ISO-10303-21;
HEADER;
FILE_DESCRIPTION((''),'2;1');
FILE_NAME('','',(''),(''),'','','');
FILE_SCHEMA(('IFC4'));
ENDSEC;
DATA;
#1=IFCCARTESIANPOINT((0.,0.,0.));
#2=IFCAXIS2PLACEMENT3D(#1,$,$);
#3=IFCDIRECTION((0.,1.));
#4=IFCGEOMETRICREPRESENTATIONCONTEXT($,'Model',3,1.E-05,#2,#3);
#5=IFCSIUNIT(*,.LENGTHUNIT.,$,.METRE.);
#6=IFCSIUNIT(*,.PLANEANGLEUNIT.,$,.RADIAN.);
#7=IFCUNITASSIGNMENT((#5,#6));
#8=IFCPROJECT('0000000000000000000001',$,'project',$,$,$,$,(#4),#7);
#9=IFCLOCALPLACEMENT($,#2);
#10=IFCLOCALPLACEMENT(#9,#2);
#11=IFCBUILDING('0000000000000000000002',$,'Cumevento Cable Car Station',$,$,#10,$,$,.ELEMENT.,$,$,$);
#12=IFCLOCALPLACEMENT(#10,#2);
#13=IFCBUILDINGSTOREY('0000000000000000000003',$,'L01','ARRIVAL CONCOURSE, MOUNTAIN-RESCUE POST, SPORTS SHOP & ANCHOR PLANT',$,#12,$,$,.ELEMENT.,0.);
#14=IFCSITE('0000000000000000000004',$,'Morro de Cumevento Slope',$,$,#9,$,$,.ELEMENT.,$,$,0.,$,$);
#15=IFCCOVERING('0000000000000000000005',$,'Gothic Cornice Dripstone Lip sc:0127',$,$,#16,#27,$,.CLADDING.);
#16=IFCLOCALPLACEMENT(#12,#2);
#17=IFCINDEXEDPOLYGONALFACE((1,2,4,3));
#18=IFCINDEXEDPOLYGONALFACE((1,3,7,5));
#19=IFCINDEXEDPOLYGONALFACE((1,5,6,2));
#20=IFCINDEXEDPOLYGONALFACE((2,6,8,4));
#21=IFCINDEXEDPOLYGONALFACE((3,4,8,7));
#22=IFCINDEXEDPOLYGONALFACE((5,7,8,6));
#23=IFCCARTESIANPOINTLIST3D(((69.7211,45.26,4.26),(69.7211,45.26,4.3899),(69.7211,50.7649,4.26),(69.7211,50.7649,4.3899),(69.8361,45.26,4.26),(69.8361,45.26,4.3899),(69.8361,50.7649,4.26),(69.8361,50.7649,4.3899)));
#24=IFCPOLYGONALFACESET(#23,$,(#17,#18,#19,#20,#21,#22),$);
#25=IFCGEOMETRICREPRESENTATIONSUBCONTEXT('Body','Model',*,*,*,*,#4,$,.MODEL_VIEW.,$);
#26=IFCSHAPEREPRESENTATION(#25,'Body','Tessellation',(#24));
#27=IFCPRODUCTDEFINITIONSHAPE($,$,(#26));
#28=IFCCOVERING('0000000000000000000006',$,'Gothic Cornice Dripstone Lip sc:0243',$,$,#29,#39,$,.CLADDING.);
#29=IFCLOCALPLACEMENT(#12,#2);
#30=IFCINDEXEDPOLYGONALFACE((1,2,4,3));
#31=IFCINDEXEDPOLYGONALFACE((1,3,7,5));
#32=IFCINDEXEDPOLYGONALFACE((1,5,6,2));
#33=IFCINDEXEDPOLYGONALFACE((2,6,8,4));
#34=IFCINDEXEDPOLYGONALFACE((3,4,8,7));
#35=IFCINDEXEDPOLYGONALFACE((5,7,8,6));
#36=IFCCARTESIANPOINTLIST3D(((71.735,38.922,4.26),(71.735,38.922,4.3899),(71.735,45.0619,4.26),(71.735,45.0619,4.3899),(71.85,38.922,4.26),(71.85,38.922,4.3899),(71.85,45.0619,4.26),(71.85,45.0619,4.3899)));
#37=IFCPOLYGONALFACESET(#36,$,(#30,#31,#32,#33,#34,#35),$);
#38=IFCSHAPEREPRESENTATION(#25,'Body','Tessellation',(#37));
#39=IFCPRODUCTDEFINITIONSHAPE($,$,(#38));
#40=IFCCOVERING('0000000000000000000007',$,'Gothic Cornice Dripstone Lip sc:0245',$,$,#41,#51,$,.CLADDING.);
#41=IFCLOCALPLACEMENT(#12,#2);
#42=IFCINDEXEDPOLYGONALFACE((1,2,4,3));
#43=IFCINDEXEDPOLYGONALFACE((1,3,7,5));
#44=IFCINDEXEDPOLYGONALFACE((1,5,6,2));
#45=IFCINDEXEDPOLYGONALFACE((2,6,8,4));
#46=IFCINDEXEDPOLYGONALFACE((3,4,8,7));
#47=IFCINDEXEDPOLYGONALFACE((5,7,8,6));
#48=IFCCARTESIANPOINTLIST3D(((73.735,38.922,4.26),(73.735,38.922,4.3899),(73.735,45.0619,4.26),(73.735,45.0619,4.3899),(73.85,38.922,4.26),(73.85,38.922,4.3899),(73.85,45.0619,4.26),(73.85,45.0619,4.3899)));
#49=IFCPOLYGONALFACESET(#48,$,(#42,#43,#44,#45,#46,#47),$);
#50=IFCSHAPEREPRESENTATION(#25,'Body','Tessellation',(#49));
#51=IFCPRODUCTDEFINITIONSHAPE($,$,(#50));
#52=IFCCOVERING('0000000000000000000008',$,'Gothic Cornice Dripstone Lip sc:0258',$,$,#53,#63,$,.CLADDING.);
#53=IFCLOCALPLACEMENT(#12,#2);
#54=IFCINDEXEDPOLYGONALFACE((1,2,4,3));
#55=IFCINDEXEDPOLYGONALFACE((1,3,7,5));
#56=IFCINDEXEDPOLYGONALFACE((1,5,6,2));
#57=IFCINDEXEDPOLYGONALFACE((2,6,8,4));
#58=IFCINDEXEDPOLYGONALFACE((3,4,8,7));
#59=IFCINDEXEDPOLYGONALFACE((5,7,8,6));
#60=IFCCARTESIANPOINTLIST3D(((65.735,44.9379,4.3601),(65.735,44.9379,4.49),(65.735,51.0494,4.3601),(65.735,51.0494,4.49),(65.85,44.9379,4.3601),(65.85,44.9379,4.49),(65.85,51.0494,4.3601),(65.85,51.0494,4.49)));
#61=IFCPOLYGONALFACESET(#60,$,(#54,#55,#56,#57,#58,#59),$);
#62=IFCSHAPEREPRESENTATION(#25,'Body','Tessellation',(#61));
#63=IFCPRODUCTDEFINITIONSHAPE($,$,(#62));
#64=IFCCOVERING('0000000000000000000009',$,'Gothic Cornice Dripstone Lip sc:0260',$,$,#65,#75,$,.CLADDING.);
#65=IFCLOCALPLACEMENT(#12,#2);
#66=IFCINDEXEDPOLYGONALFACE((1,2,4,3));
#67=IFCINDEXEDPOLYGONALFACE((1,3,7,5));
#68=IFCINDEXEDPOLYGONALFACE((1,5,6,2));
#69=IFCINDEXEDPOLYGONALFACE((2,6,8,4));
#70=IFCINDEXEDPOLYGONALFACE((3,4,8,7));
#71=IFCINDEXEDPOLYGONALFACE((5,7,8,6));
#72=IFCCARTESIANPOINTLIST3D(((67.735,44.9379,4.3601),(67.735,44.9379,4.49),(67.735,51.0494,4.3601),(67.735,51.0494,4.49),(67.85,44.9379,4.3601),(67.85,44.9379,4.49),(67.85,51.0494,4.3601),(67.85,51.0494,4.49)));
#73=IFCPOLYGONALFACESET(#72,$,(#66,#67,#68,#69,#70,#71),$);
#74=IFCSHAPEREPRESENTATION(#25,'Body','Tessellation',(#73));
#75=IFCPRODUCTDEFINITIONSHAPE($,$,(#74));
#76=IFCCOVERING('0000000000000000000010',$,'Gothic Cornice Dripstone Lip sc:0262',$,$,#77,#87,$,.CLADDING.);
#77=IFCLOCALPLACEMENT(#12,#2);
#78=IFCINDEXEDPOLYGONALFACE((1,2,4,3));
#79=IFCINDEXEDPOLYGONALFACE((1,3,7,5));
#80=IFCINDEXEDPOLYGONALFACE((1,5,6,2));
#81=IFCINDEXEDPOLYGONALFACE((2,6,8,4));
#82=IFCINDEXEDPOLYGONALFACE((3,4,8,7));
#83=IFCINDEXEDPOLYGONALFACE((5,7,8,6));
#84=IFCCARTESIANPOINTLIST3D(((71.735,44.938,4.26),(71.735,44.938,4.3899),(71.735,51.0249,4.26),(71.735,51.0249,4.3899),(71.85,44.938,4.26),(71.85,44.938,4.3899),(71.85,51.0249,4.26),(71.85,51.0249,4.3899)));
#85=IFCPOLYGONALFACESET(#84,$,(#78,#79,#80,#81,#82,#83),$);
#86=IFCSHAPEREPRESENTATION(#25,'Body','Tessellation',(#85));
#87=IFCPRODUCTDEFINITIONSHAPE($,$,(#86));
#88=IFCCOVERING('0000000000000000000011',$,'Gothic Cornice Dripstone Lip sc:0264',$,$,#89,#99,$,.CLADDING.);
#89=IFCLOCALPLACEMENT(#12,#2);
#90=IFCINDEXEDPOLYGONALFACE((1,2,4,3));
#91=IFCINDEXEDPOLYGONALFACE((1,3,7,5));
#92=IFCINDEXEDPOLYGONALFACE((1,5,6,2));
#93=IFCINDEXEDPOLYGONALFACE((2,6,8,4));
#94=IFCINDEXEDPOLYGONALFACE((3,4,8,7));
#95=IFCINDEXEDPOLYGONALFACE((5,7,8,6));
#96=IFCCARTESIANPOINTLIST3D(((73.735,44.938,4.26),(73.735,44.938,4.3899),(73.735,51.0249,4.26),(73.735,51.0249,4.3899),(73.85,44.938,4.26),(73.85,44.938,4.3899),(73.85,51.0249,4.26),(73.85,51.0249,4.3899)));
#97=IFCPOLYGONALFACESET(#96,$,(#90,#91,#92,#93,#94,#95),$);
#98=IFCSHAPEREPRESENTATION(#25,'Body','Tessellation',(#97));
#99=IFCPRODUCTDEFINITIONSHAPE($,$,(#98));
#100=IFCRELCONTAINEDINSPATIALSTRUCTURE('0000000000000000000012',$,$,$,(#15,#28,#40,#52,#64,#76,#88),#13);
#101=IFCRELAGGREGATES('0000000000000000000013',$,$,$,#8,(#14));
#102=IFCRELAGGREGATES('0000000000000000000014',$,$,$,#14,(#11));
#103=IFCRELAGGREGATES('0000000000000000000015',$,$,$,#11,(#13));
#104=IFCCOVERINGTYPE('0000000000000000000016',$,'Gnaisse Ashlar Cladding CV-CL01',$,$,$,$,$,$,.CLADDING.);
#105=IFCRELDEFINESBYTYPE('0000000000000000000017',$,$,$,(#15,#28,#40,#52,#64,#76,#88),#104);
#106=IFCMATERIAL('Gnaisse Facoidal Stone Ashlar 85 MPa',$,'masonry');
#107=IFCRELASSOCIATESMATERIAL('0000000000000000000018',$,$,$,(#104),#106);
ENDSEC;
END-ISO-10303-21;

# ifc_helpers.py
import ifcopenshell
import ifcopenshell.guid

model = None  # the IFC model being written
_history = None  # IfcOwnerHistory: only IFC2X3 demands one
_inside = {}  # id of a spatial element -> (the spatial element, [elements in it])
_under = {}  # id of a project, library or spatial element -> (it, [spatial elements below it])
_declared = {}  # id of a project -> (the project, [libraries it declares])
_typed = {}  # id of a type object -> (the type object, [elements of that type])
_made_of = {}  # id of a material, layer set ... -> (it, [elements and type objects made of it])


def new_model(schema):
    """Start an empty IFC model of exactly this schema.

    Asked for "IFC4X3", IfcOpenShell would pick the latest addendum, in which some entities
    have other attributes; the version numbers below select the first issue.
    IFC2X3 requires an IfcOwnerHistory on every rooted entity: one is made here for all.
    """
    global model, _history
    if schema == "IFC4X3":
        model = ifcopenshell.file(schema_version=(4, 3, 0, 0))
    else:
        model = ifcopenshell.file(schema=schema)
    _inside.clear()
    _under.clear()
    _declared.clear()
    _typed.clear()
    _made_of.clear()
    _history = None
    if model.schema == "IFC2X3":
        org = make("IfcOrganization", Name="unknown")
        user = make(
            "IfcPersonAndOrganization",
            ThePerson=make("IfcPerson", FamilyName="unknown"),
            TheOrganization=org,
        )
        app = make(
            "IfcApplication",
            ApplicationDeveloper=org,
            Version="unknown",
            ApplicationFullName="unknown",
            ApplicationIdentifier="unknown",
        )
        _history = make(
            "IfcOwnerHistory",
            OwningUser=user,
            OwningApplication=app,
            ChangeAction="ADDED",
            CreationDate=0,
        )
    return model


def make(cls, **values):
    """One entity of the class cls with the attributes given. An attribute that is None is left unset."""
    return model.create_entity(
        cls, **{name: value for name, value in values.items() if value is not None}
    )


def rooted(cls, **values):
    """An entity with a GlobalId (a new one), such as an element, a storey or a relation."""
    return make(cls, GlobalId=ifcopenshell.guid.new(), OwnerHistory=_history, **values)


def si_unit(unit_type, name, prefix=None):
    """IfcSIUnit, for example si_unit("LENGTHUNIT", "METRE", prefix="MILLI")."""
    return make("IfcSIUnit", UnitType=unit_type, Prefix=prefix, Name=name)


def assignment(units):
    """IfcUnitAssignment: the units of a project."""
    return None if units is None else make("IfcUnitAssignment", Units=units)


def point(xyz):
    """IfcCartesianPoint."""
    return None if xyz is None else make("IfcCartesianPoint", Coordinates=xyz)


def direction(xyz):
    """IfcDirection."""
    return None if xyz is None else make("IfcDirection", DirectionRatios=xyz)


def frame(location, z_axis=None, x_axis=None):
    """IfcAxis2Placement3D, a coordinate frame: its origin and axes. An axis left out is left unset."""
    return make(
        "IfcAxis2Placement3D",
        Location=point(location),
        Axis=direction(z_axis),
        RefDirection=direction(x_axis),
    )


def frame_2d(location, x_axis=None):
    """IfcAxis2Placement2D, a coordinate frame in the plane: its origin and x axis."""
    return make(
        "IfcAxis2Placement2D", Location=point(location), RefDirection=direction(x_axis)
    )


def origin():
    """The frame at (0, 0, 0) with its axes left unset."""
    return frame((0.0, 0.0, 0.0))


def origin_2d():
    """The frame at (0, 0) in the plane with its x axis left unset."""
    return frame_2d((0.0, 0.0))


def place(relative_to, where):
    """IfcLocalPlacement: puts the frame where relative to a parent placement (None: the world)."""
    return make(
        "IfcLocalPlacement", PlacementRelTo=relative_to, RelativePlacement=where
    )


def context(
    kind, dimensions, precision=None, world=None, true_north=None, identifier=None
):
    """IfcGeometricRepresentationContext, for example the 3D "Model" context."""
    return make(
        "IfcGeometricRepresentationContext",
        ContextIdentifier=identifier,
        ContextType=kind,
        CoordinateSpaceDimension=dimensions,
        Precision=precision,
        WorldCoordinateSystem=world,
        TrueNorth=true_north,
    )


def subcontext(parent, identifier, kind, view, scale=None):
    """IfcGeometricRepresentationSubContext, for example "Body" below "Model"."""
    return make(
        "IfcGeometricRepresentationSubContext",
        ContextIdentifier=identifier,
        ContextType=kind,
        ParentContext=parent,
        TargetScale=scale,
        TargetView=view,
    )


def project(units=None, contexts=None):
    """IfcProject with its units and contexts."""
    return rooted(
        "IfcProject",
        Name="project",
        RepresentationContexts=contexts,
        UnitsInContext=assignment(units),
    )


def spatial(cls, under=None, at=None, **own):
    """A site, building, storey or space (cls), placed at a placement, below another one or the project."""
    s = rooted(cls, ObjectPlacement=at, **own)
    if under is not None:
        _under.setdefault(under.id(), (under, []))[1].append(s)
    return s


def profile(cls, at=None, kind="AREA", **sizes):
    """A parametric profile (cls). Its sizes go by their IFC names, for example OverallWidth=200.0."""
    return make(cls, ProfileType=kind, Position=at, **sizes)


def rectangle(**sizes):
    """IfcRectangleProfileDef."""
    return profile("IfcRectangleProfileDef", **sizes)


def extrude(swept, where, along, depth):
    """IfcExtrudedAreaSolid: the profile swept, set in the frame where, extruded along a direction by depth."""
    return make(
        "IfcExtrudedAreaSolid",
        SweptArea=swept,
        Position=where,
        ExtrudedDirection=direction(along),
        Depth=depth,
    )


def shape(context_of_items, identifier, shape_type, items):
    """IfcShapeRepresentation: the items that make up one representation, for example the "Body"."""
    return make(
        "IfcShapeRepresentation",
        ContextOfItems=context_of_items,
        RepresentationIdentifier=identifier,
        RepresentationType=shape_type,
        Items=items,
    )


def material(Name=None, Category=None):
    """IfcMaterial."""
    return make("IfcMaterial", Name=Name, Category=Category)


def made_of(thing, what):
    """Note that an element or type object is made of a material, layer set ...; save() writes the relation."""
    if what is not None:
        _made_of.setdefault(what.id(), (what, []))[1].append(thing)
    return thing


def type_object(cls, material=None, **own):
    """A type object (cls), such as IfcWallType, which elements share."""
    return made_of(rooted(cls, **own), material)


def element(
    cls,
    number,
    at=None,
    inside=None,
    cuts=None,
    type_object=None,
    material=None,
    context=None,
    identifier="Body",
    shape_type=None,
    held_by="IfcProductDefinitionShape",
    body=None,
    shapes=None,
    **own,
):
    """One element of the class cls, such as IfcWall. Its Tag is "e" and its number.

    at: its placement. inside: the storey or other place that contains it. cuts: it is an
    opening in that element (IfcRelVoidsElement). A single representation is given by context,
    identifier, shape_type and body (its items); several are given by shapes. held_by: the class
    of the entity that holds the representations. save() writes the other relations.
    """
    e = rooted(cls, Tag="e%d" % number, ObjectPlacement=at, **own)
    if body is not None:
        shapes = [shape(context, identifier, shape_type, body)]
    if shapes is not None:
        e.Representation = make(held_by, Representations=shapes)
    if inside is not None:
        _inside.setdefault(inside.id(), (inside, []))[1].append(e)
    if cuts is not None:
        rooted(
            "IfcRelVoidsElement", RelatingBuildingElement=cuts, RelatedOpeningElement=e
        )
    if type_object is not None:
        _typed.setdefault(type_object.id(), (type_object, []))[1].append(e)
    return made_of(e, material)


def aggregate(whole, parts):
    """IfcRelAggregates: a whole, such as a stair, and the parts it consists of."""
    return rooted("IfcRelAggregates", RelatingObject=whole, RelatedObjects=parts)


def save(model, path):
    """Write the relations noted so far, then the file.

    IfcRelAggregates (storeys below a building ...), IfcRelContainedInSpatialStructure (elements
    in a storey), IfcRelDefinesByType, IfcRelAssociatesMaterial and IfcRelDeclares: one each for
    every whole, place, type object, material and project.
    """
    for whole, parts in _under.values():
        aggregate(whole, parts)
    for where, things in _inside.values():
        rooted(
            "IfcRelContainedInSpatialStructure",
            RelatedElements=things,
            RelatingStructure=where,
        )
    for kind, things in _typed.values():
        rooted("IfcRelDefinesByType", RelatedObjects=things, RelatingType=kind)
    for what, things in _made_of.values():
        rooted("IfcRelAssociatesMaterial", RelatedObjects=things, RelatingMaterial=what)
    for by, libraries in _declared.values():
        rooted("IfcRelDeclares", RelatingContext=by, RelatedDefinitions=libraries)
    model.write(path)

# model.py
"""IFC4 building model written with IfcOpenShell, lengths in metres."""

from ifc_helpers import new_model, si_unit, direction, frame, origin, origin_2d, place, context, subcontext, project, spatial, rectangle, extrude, material, type_object, element, save


model = new_model("IFC4")

# Units and contexts
model_context = context("Model", 3, precision=1e-05, world=origin(), true_north=direction((0.0, 1.0)))
body_context = subcontext(model_context, "Body", "Model", "MODEL_VIEW")
ifc_project = project(units=[si_unit("LENGTHUNIT", "METRE"), si_unit("PLANEANGLEUNIT", "RADIAN")], contexts=[model_context])

# Site, building, storey
site_placement = place(None, origin())
site = spatial("IfcSite", under=ifc_project, at=site_placement, Name="Morro de Cumevento Slope", CompositionType="ELEMENT", RefElevation=0.0)
building_placement = place(site_placement, origin())
building = spatial("IfcBuilding", under=site, at=building_placement, Name="Cumevento Cable Car Station", CompositionType="ELEMENT")
storey_placement = place(building_placement, origin())
storey = spatial("IfcBuildingStorey", under=building, at=storey_placement, Name="L01", Description="ARRIVAL CONCOURSE, MOUNTAIN-RESCUE POST, SPORTS SHOP & ANCHOR PLANT", CompositionType="ELEMENT", Elevation=0.0)

# Coverings
ifc_material = material(Name="Gnaisse Facoidal Stone Ashlar 85 MPa", Category="masonry")
covering_type = type_object("IfcCoveringType", Name="Gnaisse Ashlar Cladding CV-CL01", PredefinedType="CLADDING", material=ifc_material)
covering_1_placement = place(storey_placement, frame((69.7786, 48.0125, 4.26), z_axis=(0.0, 0.0, 1.0), x_axis=(0.0, 1.0, 0.0)))
element("IfcCovering", 1, at=covering_1_placement, inside=storey, type_object=covering_type, Name="Gothic Cornice Dripstone Lip sc:0127", PredefinedType="CLADDING", context=body_context, shape_type="SweptSolid", body=[
    extrude(rectangle(XDim=5.5049, YDim=0.115, at=origin_2d()), origin(), (0.0, 0.0, 1.0), 0.1299),
])
for number, where, z_axis, x_axis, name in (
    (2, (71.7925, 41.9919, 4.26), (0.0, 0.0, 1.0), (0.0, 1.0, 0.0), "Gothic Cornice Dripstone Lip sc:0243"),
    (3, (73.7925, 41.9919, 4.26), (0.0, 0.0, 1.0), (0.0, 1.0, 0.0), "Gothic Cornice Dripstone Lip sc:0245"),
):
    element("IfcCovering", number, at=place(storey_placement, frame(where, z_axis=z_axis, x_axis=x_axis)), inside=storey, type_object=covering_type, Name=name, PredefinedType="CLADDING", context=body_context, shape_type="SweptSolid", body=[
        extrude(rectangle(XDim=6.1399, YDim=0.115, at=origin_2d()), origin(), (0.0, 0.0, 1.0), 0.1299),
    ])
for number, where, z_axis, x_axis, name in (
    (4, (65.7925, 47.9937, 4.3601), (0.0, 0.0, 1.0), (0.0, 1.0, 0.0), "Gothic Cornice Dripstone Lip sc:0258"),
    (5, (67.7925, 47.9937, 4.3601), (0.0, 0.0, 1.0), (0.0, 1.0, 0.0), "Gothic Cornice Dripstone Lip sc:0260"),
):
    element("IfcCovering", number, at=place(storey_placement, frame(where, z_axis=z_axis, x_axis=x_axis)), inside=storey, type_object=covering_type, Name=name, PredefinedType="CLADDING", context=body_context, shape_type="SweptSolid", body=[
        extrude(rectangle(XDim=6.1116, YDim=0.115, at=origin_2d()), origin(), (0.0, 0.0, 1.0), 0.1299),
    ])
for number, where, z_axis, x_axis, name in (
    (6, (71.7925, 47.9814, 4.26), (0.0, 0.0, 1.0), (0.0, 1.0, 0.0), "Gothic Cornice Dripstone Lip sc:0262"),
    (7, (73.7925, 47.9814, 4.26), (0.0, 0.0, 1.0), (0.0, 1.0, 0.0), "Gothic Cornice Dripstone Lip sc:0264"),
):
    element("IfcCovering", number, at=place(storey_placement, frame(where, z_axis=z_axis, x_axis=x_axis)), inside=storey, type_object=covering_type, Name=name, PredefinedType="CLADDING", context=body_context, shape_type="SweptSolid", body=[
        extrude(rectangle(XDim=6.0869, YDim=0.115, at=origin_2d()), origin(), (0.0, 0.0, 1.0), 0.1299),
    ])

save(model, "model.ifc")
